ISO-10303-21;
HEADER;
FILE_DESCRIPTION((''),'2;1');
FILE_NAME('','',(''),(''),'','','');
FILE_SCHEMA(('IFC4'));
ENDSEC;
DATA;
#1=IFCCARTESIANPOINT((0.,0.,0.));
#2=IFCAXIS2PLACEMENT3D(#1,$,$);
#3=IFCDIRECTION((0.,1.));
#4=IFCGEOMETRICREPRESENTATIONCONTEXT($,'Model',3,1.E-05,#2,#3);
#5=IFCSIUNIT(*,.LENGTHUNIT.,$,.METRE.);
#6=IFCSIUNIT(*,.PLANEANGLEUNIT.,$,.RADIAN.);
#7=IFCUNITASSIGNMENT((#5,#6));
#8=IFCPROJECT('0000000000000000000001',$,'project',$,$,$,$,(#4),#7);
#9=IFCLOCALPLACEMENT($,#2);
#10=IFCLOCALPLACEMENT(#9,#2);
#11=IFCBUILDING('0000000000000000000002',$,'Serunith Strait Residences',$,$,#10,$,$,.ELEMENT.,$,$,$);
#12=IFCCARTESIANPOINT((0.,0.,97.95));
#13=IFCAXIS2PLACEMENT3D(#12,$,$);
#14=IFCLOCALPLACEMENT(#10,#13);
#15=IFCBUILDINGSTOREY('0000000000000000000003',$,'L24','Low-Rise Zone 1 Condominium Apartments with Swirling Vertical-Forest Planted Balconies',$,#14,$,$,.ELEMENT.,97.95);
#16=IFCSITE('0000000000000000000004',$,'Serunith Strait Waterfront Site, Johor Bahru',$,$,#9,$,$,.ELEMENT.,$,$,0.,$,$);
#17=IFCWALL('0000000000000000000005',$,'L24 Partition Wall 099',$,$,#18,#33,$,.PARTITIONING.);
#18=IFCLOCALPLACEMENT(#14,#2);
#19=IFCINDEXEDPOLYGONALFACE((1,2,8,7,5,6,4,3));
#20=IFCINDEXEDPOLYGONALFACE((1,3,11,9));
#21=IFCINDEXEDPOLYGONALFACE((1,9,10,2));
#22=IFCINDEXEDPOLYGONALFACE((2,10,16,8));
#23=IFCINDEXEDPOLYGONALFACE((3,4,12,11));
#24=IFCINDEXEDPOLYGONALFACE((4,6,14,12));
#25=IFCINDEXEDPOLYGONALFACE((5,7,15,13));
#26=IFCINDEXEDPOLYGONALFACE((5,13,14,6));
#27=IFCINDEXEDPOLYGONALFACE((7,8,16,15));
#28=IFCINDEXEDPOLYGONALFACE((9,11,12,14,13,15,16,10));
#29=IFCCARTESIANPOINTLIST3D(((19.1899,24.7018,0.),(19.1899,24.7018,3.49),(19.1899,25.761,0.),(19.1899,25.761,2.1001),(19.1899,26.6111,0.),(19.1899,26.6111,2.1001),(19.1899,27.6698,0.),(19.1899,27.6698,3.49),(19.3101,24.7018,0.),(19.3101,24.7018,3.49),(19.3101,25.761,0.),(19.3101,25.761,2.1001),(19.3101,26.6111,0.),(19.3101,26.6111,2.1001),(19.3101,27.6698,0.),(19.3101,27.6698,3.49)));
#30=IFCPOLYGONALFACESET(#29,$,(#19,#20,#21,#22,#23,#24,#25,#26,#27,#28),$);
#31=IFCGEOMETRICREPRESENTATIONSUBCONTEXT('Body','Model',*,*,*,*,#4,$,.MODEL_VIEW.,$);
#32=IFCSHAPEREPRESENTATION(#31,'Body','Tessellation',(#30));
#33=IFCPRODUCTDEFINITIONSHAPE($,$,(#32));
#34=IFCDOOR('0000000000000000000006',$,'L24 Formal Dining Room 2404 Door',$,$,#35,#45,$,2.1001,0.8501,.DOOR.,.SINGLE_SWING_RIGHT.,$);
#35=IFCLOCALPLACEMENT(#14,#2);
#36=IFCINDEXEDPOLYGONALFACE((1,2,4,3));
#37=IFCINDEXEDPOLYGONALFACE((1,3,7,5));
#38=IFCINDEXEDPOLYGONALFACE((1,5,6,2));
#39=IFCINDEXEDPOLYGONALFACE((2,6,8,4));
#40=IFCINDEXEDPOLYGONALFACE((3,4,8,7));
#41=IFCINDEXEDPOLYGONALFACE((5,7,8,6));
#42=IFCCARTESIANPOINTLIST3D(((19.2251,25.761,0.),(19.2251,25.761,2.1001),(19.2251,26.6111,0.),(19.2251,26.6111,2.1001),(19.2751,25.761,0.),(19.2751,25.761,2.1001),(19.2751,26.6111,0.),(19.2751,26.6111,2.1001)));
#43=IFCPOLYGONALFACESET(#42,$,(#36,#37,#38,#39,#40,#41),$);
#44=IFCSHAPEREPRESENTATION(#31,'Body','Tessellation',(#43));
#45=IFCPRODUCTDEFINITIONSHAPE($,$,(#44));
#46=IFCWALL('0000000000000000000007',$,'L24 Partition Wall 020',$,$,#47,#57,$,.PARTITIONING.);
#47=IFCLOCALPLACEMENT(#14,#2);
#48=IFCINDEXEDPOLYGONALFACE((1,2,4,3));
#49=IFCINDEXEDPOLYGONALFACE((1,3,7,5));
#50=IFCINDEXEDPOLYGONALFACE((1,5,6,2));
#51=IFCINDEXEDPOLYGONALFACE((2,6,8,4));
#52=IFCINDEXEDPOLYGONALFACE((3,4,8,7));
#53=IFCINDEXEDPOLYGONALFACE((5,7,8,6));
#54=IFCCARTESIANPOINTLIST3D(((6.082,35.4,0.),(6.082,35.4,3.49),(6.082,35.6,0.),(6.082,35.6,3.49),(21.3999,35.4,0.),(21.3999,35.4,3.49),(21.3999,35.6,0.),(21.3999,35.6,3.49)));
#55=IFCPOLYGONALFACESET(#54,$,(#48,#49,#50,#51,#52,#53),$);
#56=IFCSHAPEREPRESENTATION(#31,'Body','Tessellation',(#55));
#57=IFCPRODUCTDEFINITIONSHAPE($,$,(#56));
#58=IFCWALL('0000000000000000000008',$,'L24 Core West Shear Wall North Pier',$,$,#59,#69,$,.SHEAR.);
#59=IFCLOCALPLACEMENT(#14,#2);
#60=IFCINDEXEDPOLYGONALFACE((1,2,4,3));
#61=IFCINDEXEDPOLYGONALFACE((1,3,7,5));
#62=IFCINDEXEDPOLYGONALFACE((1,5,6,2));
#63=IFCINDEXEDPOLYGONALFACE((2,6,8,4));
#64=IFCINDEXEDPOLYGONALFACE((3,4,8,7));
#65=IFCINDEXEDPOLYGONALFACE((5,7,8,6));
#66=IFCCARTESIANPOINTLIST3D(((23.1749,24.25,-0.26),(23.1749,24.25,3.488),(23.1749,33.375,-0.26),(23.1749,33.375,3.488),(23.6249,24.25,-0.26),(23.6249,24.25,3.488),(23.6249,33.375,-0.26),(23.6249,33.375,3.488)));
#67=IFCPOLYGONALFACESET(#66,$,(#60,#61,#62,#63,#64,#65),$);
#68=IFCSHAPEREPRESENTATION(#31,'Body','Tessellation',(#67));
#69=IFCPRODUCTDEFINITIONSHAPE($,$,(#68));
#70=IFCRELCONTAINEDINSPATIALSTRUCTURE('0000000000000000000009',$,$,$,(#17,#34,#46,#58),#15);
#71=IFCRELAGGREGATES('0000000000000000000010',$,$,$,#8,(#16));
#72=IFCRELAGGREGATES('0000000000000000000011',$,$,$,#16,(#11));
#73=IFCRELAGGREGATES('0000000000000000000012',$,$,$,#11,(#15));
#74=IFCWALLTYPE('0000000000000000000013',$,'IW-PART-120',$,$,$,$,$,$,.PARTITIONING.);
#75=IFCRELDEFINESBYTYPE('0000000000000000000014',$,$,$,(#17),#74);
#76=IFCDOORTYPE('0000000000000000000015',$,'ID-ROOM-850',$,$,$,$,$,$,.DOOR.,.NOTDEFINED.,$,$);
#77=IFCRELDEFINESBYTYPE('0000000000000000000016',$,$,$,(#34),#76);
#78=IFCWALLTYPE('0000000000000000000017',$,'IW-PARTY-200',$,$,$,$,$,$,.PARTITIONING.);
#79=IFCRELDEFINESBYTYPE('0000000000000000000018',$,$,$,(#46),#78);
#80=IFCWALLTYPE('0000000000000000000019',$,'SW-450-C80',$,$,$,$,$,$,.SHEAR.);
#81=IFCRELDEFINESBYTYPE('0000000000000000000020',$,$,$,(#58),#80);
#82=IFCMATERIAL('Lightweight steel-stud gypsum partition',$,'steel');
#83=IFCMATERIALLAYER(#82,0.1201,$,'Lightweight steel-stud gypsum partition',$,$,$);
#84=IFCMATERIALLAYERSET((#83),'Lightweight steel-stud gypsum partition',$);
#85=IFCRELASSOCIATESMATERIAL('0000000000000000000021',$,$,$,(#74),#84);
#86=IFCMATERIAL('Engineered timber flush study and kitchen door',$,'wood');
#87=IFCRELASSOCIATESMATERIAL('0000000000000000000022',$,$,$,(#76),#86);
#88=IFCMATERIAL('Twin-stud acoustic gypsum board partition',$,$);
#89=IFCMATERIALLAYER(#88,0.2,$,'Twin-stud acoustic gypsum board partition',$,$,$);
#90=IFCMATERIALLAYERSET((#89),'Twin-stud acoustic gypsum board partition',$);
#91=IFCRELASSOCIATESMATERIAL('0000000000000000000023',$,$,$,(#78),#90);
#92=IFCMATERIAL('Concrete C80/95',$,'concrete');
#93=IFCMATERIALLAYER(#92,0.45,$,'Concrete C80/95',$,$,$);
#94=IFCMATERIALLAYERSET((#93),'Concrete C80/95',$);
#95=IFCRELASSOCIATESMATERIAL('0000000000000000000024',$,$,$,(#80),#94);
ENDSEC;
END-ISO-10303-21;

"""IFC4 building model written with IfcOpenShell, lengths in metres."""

from ifc_helpers import new_model, si_unit, direction, frame, frame_2d, origin, place, context, subcontext, project, spatial, rectangle, extrude, source, transform, mapped, material, layer, layer_set, type_object, element, fill, save


model = new_model("IFC4")

# Units and contexts
model_context = context("Model", 3, precision=1e-05, world=origin(), true_north=direction((0.0, 1.0)))
body_context = subcontext(model_context, "Body", "Model", "MODEL_VIEW")
ifc_project = project(units=[si_unit("LENGTHUNIT", "METRE"), si_unit("PLANEANGLEUNIT", "RADIAN")], contexts=[model_context])

# Site, building, storey
site_placement = place(None, origin())
site = spatial("IfcSite", under=ifc_project, at=site_placement, Name="Serunith Strait Waterfront Site, Johor Bahru", CompositionType="ELEMENT", RefElevation=0.0)
building_placement = place(site_placement, origin())
building = spatial("IfcBuilding", under=site, at=building_placement, Name="Serunith Strait Residences", CompositionType="ELEMENT")
storey_placement = place(building_placement, frame((0.0, 0.0, 97.95)))
storey = spatial("IfcBuildingStorey", under=building, at=storey_placement, Name="L24", Description="Low-Rise Zone 1 Condominium Apartments with Swirling Vertical-Forest Planted Balconies", CompositionType="ELEMENT", Elevation=97.95)

# Shared definitions
ifc_material_1 = material(Name="Lightweight steel-stud gypsum partition", Category="steel")
ifc_layer_1 = layer(ifc_material_1, 0.1201, Name="Lightweight steel-stud gypsum partition")
ifc_layer_set_1 = layer_set([ifc_layer_1], Name="Lightweight steel-stud gypsum partition")
wall_type_1 = type_object("IfcWallType", Name="IW-PART-120", PredefinedType="PARTITIONING", material=ifc_layer_set_1)
ifc_material_2 = material(Name="Engineered timber flush study and kitchen door", Category="wood")
door_type_1 = type_object("IfcDoorType", Name="ID-ROOM-850", OperationType="NOTDEFINED", PredefinedType="DOOR", material=ifc_material_2)
shared_shape_1 = source(origin(), body_context, "Body", "SweptSolid", [
    extrude(rectangle(XDim=0.8501, YDim=2.1001, at=frame_2d((0.425, 1.05))), frame((0.0, 0.0249, 0.0), z_axis=(0.0, -1.0, 0.0), x_axis=(1.0, 0.0, 0.0)), (0.0, 0.0, 1.0), 0.05),
])

# Wall, opening, door
wall_1_placement = place(storey_placement, frame((19.25, 24.7019, 0.0), z_axis=(0.0, 0.0, 1.0), x_axis=(0.0, 1.0, 0.0)))
wall_1 = element("IfcWall", 1, at=wall_1_placement, inside=storey, type_object=wall_type_1, Name="L24 Partition Wall 099", PredefinedType="PARTITIONING", context=body_context, shape_type="SweptSolid", body=[
    extrude(rectangle(XDim=2.968, YDim=0.1201, at=frame_2d((1.4839, 0.0))), origin(), (0.0, 0.0, 1.0), 3.49),
])
opening_1_placement = place(wall_1_placement, frame((1.0591, 0.0, 0.0)))
opening_1 = element("IfcOpeningElement", 2, at=opening_1_placement, cuts=wall_1, PredefinedType="OPENING", context=body_context, shape_type="SweptSolid", body=[
    extrude(rectangle(XDim=0.8501, YDim=2.1001, at=frame_2d((0.425, 1.05))), frame((0.0, 0.0701, 0.0), z_axis=(0.0, -1.0, 0.0), x_axis=(1.0, 0.0, 0.0)), (0.0, 0.0, 1.0), 0.1401),
])
door_1_placement = place(opening_1_placement, origin())
door_1 = element("IfcDoor", 3, at=door_1_placement, inside=storey, type_object=door_type_1, Name="L24 Formal Dining Room 2404 Door", OperationType="SINGLE_SWING_RIGHT", OverallHeight=2.1001, OverallWidth=0.8501, PredefinedType="DOOR", context=body_context, shape_type="MappedRepresentation", body=[
    mapped(shared_shape_1, transform((0.0, 0.0, 0.0), scale=1.0)),
])
fill(opening_1, door_1)

# Wall
ifc_material_3 = material(Name="Twin-stud acoustic gypsum board partition")
ifc_layer_2 = layer(ifc_material_3, 0.2, Name="Twin-stud acoustic gypsum board partition")
ifc_layer_set_2 = layer_set([ifc_layer_2], Name="Twin-stud acoustic gypsum board partition")
wall_type_2 = type_object("IfcWallType", Name="IW-PARTY-200", PredefinedType="PARTITIONING", material=ifc_layer_set_2)
wall_2_placement = place(storey_placement, frame((6.082, 35.5, 0.0), z_axis=(0.0, 0.0, 1.0), x_axis=(1.0, 0.0, 0.0)))
element("IfcWall", 4, at=wall_2_placement, inside=storey, type_object=wall_type_2, Name="L24 Partition Wall 020", PredefinedType="PARTITIONING", context=body_context, shape_type="SweptSolid", body=[
    extrude(rectangle(XDim=15.3179, YDim=0.2, at=frame_2d((7.6589, 0.0))), origin(), (0.0, 0.0, 1.0), 3.49),
])

# Wall
ifc_material_4 = material(Name="Concrete C80/95", Category="concrete")
ifc_layer_3 = layer(ifc_material_4, 0.45, Name="Concrete C80/95")
ifc_layer_set_3 = layer_set([ifc_layer_3], Name="Concrete C80/95")
wall_type_3 = type_object("IfcWallType", Name="SW-450-C80", PredefinedType="SHEAR", material=ifc_layer_set_3)
wall_3_placement = place(storey_placement, frame((23.3999, 24.25, -0.26), z_axis=(0.0, 0.0, 1.0), x_axis=(0.0, 1.0, 0.0)))
element("IfcWall", 5, at=wall_3_placement, inside=storey, type_object=wall_type_3, Name="L24 Core West Shear Wall North Pier", PredefinedType="SHEAR", context=body_context, shape_type="SweptSolid", body=[
    extrude(rectangle(XDim=9.125, YDim=0.45, at=frame_2d((4.5625, 0.0))), origin(), (0.0, 0.0, 1.0), 3.748),
])

save(model, "model.ifc")
